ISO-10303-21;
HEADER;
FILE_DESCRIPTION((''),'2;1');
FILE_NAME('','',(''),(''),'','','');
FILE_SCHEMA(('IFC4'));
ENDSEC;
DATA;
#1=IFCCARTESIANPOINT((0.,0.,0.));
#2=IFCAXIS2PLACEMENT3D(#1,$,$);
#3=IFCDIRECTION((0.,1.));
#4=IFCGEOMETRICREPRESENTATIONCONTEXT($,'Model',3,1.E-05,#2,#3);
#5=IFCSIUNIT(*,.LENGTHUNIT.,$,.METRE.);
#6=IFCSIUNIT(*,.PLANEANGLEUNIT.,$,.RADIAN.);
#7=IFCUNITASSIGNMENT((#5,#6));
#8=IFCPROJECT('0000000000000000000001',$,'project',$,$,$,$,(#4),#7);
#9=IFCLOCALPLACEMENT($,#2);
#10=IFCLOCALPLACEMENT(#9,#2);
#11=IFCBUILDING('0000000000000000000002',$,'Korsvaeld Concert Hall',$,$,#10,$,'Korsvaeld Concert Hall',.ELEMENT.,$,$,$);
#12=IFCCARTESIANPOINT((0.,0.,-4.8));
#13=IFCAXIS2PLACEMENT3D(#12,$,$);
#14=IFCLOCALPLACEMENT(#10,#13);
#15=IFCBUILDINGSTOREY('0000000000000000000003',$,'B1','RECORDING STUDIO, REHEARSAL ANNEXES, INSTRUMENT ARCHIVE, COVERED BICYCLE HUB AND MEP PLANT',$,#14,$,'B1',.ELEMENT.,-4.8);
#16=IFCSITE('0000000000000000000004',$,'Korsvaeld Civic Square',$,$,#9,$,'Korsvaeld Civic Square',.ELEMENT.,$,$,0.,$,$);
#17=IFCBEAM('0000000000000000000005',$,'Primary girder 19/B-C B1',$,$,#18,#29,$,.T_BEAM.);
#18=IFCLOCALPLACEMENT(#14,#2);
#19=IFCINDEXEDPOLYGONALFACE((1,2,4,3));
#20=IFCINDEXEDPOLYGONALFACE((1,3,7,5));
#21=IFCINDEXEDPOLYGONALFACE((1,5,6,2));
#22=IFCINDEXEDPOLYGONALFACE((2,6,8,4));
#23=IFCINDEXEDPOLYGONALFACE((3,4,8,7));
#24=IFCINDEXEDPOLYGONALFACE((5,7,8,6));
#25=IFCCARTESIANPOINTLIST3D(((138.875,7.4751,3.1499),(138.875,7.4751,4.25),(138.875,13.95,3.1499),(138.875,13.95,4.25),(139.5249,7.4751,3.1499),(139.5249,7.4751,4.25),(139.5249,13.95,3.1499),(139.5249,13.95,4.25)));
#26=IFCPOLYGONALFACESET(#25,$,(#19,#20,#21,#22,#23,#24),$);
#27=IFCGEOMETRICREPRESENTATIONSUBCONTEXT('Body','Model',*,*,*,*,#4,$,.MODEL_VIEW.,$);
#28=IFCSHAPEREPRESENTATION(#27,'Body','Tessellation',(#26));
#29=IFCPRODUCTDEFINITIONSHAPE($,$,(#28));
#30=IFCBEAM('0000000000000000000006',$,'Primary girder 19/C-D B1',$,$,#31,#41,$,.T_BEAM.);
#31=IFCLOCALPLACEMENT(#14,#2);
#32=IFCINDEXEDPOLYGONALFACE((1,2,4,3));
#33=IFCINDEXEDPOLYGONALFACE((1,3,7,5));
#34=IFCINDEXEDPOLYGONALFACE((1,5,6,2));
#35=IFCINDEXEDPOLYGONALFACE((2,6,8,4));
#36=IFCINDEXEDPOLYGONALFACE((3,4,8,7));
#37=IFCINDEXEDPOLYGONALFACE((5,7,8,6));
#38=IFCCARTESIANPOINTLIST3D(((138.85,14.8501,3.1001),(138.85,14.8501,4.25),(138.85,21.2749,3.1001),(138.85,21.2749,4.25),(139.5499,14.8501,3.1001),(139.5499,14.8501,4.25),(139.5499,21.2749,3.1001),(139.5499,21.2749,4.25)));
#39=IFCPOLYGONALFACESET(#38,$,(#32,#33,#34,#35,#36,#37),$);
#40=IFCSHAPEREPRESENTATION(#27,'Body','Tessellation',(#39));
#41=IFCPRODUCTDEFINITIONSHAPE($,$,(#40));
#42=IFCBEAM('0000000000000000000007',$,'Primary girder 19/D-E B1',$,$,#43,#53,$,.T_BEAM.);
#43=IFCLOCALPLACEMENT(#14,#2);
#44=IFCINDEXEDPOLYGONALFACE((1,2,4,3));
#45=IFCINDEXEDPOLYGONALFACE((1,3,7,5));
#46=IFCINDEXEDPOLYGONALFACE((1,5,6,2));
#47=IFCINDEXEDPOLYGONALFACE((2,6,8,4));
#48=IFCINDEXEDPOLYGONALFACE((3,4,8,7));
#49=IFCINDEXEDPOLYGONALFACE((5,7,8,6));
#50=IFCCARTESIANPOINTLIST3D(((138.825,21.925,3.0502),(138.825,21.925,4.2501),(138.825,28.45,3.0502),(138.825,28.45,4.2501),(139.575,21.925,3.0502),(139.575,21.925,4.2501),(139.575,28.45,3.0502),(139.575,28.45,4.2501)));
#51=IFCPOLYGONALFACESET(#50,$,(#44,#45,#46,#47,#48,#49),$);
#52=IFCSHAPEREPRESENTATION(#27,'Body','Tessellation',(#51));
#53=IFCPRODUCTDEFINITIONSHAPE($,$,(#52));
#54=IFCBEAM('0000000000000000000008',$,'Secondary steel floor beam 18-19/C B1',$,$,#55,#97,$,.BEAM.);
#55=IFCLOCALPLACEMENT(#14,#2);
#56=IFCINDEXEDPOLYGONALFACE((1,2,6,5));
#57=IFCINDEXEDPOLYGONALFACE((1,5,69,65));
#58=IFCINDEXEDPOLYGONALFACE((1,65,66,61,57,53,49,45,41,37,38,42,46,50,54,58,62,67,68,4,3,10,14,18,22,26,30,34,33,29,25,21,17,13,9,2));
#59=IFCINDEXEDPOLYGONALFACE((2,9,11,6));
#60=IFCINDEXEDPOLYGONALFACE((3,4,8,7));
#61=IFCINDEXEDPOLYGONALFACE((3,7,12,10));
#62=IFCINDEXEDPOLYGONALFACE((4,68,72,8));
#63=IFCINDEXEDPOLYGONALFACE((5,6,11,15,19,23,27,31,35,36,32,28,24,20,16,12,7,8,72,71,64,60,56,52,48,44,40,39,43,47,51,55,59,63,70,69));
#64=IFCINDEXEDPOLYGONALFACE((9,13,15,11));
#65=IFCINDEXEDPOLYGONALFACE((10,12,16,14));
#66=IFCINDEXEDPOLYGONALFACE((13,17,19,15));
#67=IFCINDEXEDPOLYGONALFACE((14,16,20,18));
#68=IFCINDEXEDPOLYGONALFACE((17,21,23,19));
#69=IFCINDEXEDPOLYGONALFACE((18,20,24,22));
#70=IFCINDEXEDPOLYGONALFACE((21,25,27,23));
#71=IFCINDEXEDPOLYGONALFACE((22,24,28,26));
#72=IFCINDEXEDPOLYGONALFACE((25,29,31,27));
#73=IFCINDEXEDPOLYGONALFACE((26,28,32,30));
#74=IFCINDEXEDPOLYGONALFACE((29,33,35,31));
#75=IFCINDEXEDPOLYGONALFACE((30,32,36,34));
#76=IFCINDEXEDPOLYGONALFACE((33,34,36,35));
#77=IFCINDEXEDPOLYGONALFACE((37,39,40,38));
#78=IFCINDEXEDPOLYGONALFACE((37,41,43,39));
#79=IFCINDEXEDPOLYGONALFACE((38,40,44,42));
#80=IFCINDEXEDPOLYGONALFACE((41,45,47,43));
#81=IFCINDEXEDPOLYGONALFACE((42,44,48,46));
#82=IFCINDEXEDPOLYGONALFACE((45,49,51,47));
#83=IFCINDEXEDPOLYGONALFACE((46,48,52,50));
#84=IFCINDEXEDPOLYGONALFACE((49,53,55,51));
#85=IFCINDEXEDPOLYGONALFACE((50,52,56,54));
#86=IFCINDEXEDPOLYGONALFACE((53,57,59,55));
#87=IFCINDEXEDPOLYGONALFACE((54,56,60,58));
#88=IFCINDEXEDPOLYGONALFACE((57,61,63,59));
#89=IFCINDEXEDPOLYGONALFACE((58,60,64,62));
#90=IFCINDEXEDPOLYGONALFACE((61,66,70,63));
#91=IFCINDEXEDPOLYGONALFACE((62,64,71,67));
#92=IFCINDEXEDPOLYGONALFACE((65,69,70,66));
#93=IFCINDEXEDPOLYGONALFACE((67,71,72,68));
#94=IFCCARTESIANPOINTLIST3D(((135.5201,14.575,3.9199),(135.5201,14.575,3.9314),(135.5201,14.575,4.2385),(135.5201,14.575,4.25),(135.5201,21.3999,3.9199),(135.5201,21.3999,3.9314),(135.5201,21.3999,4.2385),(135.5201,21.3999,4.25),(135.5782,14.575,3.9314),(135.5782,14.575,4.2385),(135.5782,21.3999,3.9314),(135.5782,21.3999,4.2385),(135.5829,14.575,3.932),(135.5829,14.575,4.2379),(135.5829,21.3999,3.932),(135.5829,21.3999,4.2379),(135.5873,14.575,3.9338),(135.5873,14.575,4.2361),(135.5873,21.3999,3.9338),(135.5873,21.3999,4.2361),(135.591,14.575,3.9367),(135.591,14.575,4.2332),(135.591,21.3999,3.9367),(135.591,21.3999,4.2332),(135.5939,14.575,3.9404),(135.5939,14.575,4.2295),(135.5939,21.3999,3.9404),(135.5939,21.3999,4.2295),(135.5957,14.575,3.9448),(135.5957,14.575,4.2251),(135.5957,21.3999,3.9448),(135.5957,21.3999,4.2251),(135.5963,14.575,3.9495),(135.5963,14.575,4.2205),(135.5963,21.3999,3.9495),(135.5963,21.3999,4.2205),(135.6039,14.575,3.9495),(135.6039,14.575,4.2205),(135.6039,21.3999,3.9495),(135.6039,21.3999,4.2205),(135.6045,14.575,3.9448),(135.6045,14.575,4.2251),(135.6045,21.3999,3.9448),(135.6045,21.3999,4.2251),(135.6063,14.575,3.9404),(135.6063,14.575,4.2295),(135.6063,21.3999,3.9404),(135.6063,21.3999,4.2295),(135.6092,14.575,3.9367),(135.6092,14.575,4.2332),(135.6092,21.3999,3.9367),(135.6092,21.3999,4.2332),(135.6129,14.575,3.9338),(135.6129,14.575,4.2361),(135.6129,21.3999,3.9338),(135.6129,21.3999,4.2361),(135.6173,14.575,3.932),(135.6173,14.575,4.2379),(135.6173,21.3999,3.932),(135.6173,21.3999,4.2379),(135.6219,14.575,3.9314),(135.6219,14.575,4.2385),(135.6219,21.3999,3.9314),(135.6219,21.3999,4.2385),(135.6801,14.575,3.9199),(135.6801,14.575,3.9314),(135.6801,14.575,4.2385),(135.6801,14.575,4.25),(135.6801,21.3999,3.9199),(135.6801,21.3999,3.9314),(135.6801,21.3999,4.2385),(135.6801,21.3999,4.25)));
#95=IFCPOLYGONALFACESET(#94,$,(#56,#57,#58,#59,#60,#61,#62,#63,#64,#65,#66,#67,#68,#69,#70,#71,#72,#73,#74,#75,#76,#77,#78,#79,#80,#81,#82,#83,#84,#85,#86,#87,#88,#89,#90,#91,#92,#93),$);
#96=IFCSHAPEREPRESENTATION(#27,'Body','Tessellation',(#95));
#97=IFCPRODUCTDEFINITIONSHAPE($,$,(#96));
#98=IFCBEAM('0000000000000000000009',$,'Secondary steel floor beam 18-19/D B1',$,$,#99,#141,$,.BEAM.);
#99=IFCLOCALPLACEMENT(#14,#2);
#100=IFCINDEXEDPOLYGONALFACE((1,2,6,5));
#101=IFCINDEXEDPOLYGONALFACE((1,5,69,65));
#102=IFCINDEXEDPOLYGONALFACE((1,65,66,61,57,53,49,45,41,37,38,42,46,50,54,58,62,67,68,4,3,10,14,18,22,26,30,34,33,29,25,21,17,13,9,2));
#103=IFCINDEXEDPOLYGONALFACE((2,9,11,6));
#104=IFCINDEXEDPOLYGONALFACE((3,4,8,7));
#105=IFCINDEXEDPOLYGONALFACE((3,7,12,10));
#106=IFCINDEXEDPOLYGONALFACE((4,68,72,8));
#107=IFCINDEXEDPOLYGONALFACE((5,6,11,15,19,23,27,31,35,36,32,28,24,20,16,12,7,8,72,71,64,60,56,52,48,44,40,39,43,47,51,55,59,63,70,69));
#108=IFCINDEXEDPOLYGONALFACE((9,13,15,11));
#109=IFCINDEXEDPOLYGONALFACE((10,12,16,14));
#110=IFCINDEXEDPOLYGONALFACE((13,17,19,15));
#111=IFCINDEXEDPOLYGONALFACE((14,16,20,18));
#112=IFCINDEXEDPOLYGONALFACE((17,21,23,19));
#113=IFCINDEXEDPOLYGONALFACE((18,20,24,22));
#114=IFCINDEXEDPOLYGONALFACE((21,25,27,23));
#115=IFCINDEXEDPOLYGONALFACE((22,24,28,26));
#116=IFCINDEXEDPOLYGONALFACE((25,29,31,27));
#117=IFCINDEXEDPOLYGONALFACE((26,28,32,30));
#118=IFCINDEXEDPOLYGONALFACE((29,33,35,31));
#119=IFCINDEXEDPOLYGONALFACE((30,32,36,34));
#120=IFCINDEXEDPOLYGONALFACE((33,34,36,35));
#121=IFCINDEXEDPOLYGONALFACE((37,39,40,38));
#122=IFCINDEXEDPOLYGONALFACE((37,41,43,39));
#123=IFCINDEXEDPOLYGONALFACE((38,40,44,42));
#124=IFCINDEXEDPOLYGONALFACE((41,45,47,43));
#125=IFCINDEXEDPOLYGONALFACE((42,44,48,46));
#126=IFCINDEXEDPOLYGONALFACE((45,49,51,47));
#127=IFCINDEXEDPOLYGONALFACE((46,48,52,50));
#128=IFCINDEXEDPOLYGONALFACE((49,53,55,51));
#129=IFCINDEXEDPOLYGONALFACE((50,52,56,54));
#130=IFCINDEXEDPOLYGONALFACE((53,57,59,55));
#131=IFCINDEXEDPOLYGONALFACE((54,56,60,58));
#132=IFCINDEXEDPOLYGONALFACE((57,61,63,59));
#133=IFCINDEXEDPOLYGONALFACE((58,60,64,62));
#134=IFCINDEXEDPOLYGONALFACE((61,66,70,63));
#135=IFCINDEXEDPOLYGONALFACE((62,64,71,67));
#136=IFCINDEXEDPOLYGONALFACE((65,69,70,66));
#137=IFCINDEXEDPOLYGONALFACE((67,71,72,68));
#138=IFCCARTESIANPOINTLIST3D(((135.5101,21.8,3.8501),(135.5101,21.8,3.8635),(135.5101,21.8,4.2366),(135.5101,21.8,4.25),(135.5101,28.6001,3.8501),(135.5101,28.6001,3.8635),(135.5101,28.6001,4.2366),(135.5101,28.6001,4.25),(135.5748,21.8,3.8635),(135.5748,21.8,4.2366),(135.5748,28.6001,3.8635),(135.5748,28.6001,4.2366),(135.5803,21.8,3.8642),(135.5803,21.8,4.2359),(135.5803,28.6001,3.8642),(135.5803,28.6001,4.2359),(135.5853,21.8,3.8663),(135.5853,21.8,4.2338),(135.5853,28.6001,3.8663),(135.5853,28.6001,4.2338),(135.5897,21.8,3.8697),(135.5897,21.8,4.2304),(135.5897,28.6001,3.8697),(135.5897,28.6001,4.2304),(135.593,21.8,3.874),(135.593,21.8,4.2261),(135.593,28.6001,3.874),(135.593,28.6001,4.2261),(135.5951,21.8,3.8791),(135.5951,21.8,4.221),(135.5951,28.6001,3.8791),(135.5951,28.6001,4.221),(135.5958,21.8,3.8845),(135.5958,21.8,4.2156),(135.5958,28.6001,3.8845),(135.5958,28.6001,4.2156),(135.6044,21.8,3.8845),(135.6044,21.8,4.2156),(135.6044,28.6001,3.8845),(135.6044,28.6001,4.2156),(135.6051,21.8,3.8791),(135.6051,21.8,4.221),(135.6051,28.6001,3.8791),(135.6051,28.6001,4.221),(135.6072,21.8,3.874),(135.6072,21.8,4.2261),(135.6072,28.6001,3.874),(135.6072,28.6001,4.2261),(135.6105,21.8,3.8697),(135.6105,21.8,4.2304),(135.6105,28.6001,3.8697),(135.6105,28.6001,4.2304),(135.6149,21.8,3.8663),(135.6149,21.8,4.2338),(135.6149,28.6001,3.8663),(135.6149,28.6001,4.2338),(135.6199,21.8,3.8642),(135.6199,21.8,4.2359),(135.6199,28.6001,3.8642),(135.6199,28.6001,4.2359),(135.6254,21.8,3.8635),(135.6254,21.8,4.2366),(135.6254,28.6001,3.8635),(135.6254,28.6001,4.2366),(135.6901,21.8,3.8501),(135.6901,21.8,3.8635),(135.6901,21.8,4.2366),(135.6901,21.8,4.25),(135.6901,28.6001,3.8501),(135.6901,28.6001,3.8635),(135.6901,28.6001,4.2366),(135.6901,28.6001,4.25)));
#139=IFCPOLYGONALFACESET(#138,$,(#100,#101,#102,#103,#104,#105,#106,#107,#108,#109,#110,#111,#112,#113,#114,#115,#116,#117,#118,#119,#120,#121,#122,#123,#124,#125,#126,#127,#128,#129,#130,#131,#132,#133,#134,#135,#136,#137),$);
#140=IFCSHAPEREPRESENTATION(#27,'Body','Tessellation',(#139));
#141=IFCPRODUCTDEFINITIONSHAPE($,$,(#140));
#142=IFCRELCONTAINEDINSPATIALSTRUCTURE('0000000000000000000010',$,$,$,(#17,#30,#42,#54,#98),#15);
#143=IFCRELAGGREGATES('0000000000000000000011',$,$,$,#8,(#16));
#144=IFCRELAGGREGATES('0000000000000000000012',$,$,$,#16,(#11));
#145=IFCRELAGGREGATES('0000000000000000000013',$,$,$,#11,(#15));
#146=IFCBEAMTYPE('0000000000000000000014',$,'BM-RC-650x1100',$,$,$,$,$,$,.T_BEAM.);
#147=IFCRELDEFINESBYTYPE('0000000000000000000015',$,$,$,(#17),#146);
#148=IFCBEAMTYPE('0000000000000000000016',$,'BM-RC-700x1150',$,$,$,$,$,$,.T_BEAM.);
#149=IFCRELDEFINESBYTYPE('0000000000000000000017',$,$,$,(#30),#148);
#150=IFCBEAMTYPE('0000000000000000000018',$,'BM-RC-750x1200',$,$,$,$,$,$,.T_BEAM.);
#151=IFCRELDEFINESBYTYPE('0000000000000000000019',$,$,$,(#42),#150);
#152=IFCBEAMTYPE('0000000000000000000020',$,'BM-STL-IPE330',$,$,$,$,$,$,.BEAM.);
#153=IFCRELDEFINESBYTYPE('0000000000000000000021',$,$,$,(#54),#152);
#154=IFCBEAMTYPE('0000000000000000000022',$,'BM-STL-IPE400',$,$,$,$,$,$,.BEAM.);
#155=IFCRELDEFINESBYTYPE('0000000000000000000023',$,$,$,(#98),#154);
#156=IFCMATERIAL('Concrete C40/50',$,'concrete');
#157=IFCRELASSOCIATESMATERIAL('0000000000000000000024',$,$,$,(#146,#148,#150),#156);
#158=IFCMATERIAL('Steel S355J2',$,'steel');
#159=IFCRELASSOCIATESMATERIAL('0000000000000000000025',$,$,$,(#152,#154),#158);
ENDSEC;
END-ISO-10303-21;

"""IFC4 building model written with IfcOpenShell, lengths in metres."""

from ifc_helpers import new_model, si_unit, direction, frame, origin, origin_2d, place, context, subcontext, project, spatial, rectangle, i_section, extrude, material, material_profile, profile_set, type_object, element, save


model = new_model("IFC4")

# Units and contexts
model_context = context("Model", 3, precision=1e-05, world=origin(), true_north=direction((0.0, 1.0)))
body_context = subcontext(model_context, "Body", "Model", "MODEL_VIEW")
ifc_project = project(units=[si_unit("LENGTHUNIT", "METRE"), si_unit("PLANEANGLEUNIT", "RADIAN")], contexts=[model_context])

# Site, building, storey
site_placement = place(None, origin())
site = spatial("IfcSite", under=ifc_project, at=site_placement, Name="Korsvaeld Civic Square", LongName="Korsvaeld Civic Square", CompositionType="ELEMENT", RefElevation=0.0)
building_placement = place(site_placement, origin())
building = spatial("IfcBuilding", under=site, at=building_placement, Name="Korsvaeld Concert Hall", LongName="Korsvaeld Concert Hall", CompositionType="ELEMENT")
storey_placement = place(building_placement, frame((0.0, 0.0, -4.8)))
storey = spatial("IfcBuildingStorey", under=building, at=storey_placement, Name="B1", Description="RECORDING STUDIO, REHEARSAL ANNEXES, INSTRUMENT ARCHIVE, COVERED BICYCLE HUB AND MEP PLANT", LongName="B1", CompositionType="ELEMENT", Elevation=-4.8)

# Shared definitions
ifc_material_1 = material(Name="Concrete C40/50", Category="concrete")

# Beams
ifc_material_profile_1 = material_profile(ifc_material_1, rectangle(XDim=0.6499, YDim=1.1001, at=origin_2d()), Name="RC 650x1100")
ifc_profile_set_1 = profile_set([ifc_material_profile_1], Name="Concrete C40/50")
beam_type_1 = type_object("IfcBeamType", Name="BM-RC-650x1100", PredefinedType="T_BEAM", material=ifc_profile_set_1)
beam_1_placement = place(storey_placement, frame((139.2, 7.4751, 3.7), z_axis=(0.0, 1.0, 0.0), x_axis=(-1.0, 0.0, 0.0)))
element("IfcBeam", 1, at=beam_1_placement, inside=storey, type_object=beam_type_1, Name="Primary girder 19/B-C B1", PredefinedType="T_BEAM", context=body_context, shape_type="SweptSolid", body=[
    extrude(rectangle(XDim=0.6499, YDim=1.1001, at=origin_2d()), origin(), (0.0, 0.0, 1.0), 6.4749),
])
ifc_material_profile_2 = material_profile(ifc_material_1, rectangle(XDim=0.7, YDim=1.1499, at=origin_2d()), Name="RC 700x1150")
ifc_profile_set_2 = profile_set([ifc_material_profile_2], Name="Concrete C40/50")
beam_type_2 = type_object("IfcBeamType", Name="BM-RC-700x1150", PredefinedType="T_BEAM", material=ifc_profile_set_2)
beam_2_placement = place(storey_placement, frame((139.2, 14.8501, 3.675), z_axis=(0.0, 1.0, 0.0), x_axis=(-1.0, 0.0, 0.0)))
element("IfcBeam", 2, at=beam_2_placement, inside=storey, type_object=beam_type_2, Name="Primary girder 19/C-D B1", PredefinedType="T_BEAM", context=body_context, shape_type="SweptSolid", body=[
    extrude(rectangle(XDim=0.7, YDim=1.1499, at=origin_2d()), origin(), (0.0, 0.0, 1.0), 6.4248),
])
ifc_material_profile_3 = material_profile(ifc_material_1, rectangle(XDim=0.75, YDim=1.2, at=origin_2d()), Name="RC 750x1200")
ifc_profile_set_3 = profile_set([ifc_material_profile_3], Name="Concrete C40/50")
beam_type_3 = type_object("IfcBeamType", Name="BM-RC-750x1200", PredefinedType="T_BEAM", material=ifc_profile_set_3)
beam_3_placement = place(storey_placement, frame((139.2, 21.925, 3.6501), z_axis=(0.0, 1.0, 0.0), x_axis=(-1.0, 0.0, 0.0)))
element("IfcBeam", 3, at=beam_3_placement, inside=storey, type_object=beam_type_3, Name="Primary girder 19/D-E B1", PredefinedType="T_BEAM", context=body_context, shape_type="SweptSolid", body=[
    extrude(rectangle(XDim=0.75, YDim=1.2, at=origin_2d()), origin(), (0.0, 0.0, 1.0), 6.5249),
])
ifc_material_2 = material(Name="Steel S355J2", Category="steel")
ifc_material_profile_4 = material_profile(ifc_material_2, i_section(OverallWidth=0.1599, OverallDepth=0.3301, WebThickness=0.0076, FlangeThickness=0.0115, FilletRadius=0.0181, at=origin_2d()), Name="IPE 330")
ifc_profile_set_4 = profile_set([ifc_material_profile_4], Name="Steel S355J2")
beam_type_4 = type_object("IfcBeamType", Name="BM-STL-IPE330", PredefinedType="BEAM", material=ifc_profile_set_4)
beam_4_placement = place(storey_placement, frame((135.6001, 14.575, 4.085), z_axis=(0.0, 1.0, 0.0), x_axis=(-1.0, 0.0, 0.0)))
element("IfcBeam", 4, at=beam_4_placement, inside=storey, type_object=beam_type_4, Name="Secondary steel floor beam 18-19/C B1", PredefinedType="BEAM", context=body_context, shape_type="SweptSolid", body=[
    extrude(i_section(OverallWidth=0.1599, OverallDepth=0.3301, WebThickness=0.0076, FlangeThickness=0.0115, FilletRadius=0.0181, at=origin_2d()), origin(), (0.0, 0.0, 1.0), 6.825),
])
ifc_material_profile_5 = material_profile(ifc_material_2, i_section(OverallWidth=0.1799, OverallDepth=0.3999, WebThickness=0.0085, FlangeThickness=0.0134, FilletRadius=0.021, at=origin_2d()), Name="IPE 400")
ifc_profile_set_5 = profile_set([ifc_material_profile_5], Name="Steel S355J2")
beam_type_5 = type_object("IfcBeamType", Name="BM-STL-IPE400", PredefinedType="BEAM", material=ifc_profile_set_5)
beam_5_placement = place(storey_placement, frame((135.6001, 21.8, 4.05), z_axis=(0.0, 1.0, 0.0), x_axis=(-1.0, 0.0, 0.0)))
element("IfcBeam", 5, at=beam_5_placement, inside=storey, type_object=beam_type_5, Name="Secondary steel floor beam 18-19/D B1", PredefinedType="BEAM", context=body_context, shape_type="SweptSolid", body=[
    extrude(i_section(OverallWidth=0.1799, OverallDepth=0.3999, WebThickness=0.0085, FlangeThickness=0.0134, FilletRadius=0.021, at=origin_2d()), origin(), (0.0, 0.0, 1.0), 6.8),
])

save(model, "model.ifc")
